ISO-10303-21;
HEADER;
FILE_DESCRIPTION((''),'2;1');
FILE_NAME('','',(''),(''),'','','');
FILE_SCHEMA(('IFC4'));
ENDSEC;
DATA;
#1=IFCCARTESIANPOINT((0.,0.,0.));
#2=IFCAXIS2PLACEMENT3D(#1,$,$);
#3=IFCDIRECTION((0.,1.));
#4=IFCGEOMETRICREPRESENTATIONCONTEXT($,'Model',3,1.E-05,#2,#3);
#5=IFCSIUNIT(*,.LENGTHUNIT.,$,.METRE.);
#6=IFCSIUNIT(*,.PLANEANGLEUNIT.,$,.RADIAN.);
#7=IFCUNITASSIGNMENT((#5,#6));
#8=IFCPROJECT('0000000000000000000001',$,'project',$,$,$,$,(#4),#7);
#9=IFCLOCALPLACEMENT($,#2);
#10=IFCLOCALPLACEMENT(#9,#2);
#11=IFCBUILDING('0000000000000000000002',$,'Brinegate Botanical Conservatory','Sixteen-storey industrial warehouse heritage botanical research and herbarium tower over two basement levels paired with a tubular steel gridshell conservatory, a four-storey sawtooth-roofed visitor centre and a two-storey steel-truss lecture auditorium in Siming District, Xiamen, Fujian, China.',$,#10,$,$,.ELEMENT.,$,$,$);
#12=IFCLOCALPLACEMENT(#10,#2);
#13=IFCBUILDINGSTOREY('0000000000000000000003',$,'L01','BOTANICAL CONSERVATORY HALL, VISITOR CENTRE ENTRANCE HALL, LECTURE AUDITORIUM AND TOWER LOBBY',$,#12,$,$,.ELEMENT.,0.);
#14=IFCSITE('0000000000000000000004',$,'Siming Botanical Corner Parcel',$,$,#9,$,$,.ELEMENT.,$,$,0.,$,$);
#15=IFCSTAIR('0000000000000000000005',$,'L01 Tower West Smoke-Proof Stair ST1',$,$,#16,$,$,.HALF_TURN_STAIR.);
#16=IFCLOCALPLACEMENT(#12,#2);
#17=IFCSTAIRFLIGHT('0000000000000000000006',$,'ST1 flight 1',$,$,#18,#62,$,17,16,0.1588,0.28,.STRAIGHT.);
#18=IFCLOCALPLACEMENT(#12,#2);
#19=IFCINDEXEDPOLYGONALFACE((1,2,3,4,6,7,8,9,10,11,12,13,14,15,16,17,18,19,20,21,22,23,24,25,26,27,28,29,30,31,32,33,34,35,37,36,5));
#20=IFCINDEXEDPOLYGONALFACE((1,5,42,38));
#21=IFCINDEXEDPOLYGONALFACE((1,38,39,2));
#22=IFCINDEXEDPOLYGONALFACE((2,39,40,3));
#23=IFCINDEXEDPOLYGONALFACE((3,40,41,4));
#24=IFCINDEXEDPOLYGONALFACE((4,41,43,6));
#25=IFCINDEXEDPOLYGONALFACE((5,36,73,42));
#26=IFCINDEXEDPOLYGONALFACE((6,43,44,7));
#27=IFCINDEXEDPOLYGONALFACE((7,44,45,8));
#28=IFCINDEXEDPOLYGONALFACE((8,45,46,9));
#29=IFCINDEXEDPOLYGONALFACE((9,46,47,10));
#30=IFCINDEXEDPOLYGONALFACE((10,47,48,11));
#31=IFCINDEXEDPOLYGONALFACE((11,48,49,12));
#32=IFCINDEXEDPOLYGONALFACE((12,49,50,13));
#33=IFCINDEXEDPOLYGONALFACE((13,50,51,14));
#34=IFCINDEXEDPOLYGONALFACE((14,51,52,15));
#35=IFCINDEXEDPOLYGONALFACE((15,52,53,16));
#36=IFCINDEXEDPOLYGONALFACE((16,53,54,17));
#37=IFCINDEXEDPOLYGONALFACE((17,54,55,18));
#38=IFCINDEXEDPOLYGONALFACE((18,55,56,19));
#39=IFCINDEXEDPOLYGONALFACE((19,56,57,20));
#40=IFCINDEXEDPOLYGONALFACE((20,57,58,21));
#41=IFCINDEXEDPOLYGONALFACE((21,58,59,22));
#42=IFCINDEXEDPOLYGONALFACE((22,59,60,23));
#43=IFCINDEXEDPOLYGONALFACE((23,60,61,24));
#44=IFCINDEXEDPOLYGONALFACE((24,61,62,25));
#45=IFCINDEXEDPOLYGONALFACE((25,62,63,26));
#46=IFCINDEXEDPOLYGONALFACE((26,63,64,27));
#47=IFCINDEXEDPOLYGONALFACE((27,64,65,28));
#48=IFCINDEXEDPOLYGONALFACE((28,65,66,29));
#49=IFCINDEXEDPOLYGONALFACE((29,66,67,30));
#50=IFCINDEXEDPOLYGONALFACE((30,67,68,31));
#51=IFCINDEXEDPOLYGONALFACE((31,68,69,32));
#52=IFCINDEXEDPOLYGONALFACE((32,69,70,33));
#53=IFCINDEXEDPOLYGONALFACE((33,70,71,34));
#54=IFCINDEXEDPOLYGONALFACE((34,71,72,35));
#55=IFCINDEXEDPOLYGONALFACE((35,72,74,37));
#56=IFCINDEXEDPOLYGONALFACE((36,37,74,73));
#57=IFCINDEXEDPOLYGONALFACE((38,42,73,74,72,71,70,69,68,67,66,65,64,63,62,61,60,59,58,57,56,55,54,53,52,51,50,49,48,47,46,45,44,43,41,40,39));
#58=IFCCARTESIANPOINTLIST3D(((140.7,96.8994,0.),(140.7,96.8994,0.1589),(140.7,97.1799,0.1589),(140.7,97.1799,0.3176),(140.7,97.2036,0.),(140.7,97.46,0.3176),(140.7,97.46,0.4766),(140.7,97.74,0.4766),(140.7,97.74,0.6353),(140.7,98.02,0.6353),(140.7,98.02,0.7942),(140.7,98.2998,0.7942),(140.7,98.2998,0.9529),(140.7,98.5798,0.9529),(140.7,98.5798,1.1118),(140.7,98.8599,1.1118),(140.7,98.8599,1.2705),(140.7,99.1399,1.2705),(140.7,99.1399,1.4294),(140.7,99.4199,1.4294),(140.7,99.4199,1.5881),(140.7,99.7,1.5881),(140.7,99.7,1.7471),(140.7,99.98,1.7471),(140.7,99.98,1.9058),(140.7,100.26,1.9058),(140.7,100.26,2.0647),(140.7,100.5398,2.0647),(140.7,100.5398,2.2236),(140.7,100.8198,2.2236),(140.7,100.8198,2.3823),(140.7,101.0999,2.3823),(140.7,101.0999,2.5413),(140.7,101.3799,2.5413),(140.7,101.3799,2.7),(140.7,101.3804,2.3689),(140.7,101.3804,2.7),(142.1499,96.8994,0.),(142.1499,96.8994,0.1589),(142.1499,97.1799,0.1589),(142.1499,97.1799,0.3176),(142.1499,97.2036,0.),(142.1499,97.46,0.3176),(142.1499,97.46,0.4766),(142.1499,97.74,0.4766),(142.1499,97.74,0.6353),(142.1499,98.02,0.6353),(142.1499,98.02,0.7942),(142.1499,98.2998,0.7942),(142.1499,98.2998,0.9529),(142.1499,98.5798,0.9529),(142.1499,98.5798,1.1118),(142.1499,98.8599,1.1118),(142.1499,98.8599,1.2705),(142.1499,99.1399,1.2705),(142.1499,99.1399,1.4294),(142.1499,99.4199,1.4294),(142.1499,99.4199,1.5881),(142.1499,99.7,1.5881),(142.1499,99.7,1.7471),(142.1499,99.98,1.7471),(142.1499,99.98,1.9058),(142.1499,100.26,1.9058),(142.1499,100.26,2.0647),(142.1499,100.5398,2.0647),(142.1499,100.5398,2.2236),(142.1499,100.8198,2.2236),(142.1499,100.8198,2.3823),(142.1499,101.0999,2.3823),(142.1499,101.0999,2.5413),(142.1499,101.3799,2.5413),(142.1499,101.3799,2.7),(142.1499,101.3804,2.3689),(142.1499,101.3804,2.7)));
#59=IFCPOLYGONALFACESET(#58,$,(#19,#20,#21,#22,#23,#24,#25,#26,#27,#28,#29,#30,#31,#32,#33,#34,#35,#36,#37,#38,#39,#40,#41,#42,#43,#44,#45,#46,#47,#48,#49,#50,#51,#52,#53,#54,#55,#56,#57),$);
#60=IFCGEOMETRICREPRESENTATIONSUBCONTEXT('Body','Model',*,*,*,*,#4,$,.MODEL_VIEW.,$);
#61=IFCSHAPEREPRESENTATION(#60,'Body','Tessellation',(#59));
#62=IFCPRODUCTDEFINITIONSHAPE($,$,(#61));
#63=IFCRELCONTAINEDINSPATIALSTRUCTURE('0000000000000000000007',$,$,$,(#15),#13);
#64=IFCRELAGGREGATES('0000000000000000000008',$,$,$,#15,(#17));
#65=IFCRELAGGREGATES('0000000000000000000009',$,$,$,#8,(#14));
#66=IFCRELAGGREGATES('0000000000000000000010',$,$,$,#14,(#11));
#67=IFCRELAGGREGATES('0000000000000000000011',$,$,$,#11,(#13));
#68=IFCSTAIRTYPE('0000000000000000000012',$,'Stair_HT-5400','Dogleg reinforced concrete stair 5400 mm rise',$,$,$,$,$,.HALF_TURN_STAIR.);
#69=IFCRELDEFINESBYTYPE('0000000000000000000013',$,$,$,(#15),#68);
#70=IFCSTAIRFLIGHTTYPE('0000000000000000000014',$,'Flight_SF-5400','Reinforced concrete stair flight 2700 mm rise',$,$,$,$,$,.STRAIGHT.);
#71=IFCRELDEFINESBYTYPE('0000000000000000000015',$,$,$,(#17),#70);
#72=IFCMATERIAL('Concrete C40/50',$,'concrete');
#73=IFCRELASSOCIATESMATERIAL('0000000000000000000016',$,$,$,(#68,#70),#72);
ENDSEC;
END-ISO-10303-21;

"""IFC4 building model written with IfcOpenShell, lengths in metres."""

from ifc_helpers import new_model, si_unit, direction, frame, origin, place, context, subcontext, project, spatial, polyline, outline, extrude, material, type_object, element, aggregate, save


model = new_model("IFC4")

# Units and contexts
model_context = context("Model", 3, precision=1e-05, world=origin(), true_north=direction((0.0, 1.0)))
body_context = subcontext(model_context, "Body", "Model", "MODEL_VIEW")
ifc_project = project(units=[si_unit("LENGTHUNIT", "METRE"), si_unit("PLANEANGLEUNIT", "RADIAN")], contexts=[model_context])

# Site, building, storey
site_placement = place(None, origin())
site = spatial("IfcSite", under=ifc_project, at=site_placement, Name="Siming Botanical Corner Parcel", CompositionType="ELEMENT", RefElevation=0.0)
building_placement = place(site_placement, origin())
building = spatial("IfcBuilding", under=site, at=building_placement, Name="Brinegate Botanical Conservatory", Description="Sixteen-storey industrial warehouse heritage botanical research and herbarium tower over two basement levels paired with a tubular steel gridshell conservatory, a four-storey sawtooth-roofed visitor centre and a two-storey steel-truss lecture auditorium in Siming District, Xiamen, Fujian, China.", CompositionType="ELEMENT")
storey_placement = place(building_placement, origin())
storey = spatial("IfcBuildingStorey", under=building, at=storey_placement, Name="L01", Description="BOTANICAL CONSERVATORY HALL, VISITOR CENTRE ENTRANCE HALL, LECTURE AUDITORIUM AND TOWER LOBBY", CompositionType="ELEMENT", Elevation=0.0)

# Shared definitions
ifc_material_1 = material(Name="Concrete C40/50", Category="concrete")

# Stair, stair flight
stair_type = type_object("IfcStairType", Name="Stair_HT-5400", Description="Dogleg reinforced concrete stair 5400 mm rise", PredefinedType="HALF_TURN_STAIR", material=ifc_material_1)
stair_placement = place(storey_placement, origin())
stair = element("IfcStair", 1, at=stair_placement, inside=storey, type_object=stair_type, Name="L01 Tower West Smoke-Proof Stair ST1", PredefinedType="HALF_TURN_STAIR")
stair_flight_type = type_object("IfcStairFlightType", Name="Flight_SF-5400", Description="Reinforced concrete stair flight 2700 mm rise", PredefinedType="STRAIGHT", material=ifc_material_1)
stair_flight_placement = place(storey_placement, frame((141.425, 96.8999, 0.0), z_axis=(0.0, 0.0, 1.0), x_axis=(0.0, 1.0, 0.0)))
stair_flight = element("IfcStairFlight", 2, at=stair_flight_placement, type_object=stair_flight_type, Name="ST1 flight 1", NumberOfRisers=17, NumberOfTreads=16, PredefinedType="STRAIGHT", RiserHeight=0.1588, TreadLength=0.28, context=body_context, shape_type="SweptSolid", body=[
    extrude(outline(polyline([(-0.0005, 0.0), (-0.0005, 0.1589), (0.28, 0.1589), (0.28, 0.3176), (0.5601, 0.3176), (0.5601, 0.4766), (0.8401, 0.4766), (0.8401, 0.6353), (1.1201, 0.6353), (1.1201, 0.7942), (1.3999, 0.7942), (1.3999, 0.9529), (1.6799, 0.9529), (1.6799, 1.1118), (1.96, 1.1118), (1.96, 1.2705), (2.24, 1.2705), (2.24, 1.4294), (2.52, 1.4294), (2.52, 1.5881), (2.8, 1.5881), (2.8, 1.7471), (3.0801, 1.7471), (3.0801, 1.9058), (3.3601, 1.9058), (3.3601, 2.0647), (3.6399, 2.0647), (3.6399, 2.2236), (3.9199, 2.2236), (3.9199, 2.3823), (4.2, 2.3823), (4.2, 2.5413), (4.48, 2.5413), (4.48, 2.7), (4.4805, 2.7), (4.4805, 2.3689), (0.3037, 0.0), (-0.0005, 0.0)])), frame((0.0, 0.7251, 0.0), z_axis=(0.0, -1.0, 0.0), x_axis=(1.0, 0.0, 0.0)), (0.0, 0.0, 1.0), 1.45),
])
aggregate(stair, [stair_flight])

save(model, "model.ifc")
